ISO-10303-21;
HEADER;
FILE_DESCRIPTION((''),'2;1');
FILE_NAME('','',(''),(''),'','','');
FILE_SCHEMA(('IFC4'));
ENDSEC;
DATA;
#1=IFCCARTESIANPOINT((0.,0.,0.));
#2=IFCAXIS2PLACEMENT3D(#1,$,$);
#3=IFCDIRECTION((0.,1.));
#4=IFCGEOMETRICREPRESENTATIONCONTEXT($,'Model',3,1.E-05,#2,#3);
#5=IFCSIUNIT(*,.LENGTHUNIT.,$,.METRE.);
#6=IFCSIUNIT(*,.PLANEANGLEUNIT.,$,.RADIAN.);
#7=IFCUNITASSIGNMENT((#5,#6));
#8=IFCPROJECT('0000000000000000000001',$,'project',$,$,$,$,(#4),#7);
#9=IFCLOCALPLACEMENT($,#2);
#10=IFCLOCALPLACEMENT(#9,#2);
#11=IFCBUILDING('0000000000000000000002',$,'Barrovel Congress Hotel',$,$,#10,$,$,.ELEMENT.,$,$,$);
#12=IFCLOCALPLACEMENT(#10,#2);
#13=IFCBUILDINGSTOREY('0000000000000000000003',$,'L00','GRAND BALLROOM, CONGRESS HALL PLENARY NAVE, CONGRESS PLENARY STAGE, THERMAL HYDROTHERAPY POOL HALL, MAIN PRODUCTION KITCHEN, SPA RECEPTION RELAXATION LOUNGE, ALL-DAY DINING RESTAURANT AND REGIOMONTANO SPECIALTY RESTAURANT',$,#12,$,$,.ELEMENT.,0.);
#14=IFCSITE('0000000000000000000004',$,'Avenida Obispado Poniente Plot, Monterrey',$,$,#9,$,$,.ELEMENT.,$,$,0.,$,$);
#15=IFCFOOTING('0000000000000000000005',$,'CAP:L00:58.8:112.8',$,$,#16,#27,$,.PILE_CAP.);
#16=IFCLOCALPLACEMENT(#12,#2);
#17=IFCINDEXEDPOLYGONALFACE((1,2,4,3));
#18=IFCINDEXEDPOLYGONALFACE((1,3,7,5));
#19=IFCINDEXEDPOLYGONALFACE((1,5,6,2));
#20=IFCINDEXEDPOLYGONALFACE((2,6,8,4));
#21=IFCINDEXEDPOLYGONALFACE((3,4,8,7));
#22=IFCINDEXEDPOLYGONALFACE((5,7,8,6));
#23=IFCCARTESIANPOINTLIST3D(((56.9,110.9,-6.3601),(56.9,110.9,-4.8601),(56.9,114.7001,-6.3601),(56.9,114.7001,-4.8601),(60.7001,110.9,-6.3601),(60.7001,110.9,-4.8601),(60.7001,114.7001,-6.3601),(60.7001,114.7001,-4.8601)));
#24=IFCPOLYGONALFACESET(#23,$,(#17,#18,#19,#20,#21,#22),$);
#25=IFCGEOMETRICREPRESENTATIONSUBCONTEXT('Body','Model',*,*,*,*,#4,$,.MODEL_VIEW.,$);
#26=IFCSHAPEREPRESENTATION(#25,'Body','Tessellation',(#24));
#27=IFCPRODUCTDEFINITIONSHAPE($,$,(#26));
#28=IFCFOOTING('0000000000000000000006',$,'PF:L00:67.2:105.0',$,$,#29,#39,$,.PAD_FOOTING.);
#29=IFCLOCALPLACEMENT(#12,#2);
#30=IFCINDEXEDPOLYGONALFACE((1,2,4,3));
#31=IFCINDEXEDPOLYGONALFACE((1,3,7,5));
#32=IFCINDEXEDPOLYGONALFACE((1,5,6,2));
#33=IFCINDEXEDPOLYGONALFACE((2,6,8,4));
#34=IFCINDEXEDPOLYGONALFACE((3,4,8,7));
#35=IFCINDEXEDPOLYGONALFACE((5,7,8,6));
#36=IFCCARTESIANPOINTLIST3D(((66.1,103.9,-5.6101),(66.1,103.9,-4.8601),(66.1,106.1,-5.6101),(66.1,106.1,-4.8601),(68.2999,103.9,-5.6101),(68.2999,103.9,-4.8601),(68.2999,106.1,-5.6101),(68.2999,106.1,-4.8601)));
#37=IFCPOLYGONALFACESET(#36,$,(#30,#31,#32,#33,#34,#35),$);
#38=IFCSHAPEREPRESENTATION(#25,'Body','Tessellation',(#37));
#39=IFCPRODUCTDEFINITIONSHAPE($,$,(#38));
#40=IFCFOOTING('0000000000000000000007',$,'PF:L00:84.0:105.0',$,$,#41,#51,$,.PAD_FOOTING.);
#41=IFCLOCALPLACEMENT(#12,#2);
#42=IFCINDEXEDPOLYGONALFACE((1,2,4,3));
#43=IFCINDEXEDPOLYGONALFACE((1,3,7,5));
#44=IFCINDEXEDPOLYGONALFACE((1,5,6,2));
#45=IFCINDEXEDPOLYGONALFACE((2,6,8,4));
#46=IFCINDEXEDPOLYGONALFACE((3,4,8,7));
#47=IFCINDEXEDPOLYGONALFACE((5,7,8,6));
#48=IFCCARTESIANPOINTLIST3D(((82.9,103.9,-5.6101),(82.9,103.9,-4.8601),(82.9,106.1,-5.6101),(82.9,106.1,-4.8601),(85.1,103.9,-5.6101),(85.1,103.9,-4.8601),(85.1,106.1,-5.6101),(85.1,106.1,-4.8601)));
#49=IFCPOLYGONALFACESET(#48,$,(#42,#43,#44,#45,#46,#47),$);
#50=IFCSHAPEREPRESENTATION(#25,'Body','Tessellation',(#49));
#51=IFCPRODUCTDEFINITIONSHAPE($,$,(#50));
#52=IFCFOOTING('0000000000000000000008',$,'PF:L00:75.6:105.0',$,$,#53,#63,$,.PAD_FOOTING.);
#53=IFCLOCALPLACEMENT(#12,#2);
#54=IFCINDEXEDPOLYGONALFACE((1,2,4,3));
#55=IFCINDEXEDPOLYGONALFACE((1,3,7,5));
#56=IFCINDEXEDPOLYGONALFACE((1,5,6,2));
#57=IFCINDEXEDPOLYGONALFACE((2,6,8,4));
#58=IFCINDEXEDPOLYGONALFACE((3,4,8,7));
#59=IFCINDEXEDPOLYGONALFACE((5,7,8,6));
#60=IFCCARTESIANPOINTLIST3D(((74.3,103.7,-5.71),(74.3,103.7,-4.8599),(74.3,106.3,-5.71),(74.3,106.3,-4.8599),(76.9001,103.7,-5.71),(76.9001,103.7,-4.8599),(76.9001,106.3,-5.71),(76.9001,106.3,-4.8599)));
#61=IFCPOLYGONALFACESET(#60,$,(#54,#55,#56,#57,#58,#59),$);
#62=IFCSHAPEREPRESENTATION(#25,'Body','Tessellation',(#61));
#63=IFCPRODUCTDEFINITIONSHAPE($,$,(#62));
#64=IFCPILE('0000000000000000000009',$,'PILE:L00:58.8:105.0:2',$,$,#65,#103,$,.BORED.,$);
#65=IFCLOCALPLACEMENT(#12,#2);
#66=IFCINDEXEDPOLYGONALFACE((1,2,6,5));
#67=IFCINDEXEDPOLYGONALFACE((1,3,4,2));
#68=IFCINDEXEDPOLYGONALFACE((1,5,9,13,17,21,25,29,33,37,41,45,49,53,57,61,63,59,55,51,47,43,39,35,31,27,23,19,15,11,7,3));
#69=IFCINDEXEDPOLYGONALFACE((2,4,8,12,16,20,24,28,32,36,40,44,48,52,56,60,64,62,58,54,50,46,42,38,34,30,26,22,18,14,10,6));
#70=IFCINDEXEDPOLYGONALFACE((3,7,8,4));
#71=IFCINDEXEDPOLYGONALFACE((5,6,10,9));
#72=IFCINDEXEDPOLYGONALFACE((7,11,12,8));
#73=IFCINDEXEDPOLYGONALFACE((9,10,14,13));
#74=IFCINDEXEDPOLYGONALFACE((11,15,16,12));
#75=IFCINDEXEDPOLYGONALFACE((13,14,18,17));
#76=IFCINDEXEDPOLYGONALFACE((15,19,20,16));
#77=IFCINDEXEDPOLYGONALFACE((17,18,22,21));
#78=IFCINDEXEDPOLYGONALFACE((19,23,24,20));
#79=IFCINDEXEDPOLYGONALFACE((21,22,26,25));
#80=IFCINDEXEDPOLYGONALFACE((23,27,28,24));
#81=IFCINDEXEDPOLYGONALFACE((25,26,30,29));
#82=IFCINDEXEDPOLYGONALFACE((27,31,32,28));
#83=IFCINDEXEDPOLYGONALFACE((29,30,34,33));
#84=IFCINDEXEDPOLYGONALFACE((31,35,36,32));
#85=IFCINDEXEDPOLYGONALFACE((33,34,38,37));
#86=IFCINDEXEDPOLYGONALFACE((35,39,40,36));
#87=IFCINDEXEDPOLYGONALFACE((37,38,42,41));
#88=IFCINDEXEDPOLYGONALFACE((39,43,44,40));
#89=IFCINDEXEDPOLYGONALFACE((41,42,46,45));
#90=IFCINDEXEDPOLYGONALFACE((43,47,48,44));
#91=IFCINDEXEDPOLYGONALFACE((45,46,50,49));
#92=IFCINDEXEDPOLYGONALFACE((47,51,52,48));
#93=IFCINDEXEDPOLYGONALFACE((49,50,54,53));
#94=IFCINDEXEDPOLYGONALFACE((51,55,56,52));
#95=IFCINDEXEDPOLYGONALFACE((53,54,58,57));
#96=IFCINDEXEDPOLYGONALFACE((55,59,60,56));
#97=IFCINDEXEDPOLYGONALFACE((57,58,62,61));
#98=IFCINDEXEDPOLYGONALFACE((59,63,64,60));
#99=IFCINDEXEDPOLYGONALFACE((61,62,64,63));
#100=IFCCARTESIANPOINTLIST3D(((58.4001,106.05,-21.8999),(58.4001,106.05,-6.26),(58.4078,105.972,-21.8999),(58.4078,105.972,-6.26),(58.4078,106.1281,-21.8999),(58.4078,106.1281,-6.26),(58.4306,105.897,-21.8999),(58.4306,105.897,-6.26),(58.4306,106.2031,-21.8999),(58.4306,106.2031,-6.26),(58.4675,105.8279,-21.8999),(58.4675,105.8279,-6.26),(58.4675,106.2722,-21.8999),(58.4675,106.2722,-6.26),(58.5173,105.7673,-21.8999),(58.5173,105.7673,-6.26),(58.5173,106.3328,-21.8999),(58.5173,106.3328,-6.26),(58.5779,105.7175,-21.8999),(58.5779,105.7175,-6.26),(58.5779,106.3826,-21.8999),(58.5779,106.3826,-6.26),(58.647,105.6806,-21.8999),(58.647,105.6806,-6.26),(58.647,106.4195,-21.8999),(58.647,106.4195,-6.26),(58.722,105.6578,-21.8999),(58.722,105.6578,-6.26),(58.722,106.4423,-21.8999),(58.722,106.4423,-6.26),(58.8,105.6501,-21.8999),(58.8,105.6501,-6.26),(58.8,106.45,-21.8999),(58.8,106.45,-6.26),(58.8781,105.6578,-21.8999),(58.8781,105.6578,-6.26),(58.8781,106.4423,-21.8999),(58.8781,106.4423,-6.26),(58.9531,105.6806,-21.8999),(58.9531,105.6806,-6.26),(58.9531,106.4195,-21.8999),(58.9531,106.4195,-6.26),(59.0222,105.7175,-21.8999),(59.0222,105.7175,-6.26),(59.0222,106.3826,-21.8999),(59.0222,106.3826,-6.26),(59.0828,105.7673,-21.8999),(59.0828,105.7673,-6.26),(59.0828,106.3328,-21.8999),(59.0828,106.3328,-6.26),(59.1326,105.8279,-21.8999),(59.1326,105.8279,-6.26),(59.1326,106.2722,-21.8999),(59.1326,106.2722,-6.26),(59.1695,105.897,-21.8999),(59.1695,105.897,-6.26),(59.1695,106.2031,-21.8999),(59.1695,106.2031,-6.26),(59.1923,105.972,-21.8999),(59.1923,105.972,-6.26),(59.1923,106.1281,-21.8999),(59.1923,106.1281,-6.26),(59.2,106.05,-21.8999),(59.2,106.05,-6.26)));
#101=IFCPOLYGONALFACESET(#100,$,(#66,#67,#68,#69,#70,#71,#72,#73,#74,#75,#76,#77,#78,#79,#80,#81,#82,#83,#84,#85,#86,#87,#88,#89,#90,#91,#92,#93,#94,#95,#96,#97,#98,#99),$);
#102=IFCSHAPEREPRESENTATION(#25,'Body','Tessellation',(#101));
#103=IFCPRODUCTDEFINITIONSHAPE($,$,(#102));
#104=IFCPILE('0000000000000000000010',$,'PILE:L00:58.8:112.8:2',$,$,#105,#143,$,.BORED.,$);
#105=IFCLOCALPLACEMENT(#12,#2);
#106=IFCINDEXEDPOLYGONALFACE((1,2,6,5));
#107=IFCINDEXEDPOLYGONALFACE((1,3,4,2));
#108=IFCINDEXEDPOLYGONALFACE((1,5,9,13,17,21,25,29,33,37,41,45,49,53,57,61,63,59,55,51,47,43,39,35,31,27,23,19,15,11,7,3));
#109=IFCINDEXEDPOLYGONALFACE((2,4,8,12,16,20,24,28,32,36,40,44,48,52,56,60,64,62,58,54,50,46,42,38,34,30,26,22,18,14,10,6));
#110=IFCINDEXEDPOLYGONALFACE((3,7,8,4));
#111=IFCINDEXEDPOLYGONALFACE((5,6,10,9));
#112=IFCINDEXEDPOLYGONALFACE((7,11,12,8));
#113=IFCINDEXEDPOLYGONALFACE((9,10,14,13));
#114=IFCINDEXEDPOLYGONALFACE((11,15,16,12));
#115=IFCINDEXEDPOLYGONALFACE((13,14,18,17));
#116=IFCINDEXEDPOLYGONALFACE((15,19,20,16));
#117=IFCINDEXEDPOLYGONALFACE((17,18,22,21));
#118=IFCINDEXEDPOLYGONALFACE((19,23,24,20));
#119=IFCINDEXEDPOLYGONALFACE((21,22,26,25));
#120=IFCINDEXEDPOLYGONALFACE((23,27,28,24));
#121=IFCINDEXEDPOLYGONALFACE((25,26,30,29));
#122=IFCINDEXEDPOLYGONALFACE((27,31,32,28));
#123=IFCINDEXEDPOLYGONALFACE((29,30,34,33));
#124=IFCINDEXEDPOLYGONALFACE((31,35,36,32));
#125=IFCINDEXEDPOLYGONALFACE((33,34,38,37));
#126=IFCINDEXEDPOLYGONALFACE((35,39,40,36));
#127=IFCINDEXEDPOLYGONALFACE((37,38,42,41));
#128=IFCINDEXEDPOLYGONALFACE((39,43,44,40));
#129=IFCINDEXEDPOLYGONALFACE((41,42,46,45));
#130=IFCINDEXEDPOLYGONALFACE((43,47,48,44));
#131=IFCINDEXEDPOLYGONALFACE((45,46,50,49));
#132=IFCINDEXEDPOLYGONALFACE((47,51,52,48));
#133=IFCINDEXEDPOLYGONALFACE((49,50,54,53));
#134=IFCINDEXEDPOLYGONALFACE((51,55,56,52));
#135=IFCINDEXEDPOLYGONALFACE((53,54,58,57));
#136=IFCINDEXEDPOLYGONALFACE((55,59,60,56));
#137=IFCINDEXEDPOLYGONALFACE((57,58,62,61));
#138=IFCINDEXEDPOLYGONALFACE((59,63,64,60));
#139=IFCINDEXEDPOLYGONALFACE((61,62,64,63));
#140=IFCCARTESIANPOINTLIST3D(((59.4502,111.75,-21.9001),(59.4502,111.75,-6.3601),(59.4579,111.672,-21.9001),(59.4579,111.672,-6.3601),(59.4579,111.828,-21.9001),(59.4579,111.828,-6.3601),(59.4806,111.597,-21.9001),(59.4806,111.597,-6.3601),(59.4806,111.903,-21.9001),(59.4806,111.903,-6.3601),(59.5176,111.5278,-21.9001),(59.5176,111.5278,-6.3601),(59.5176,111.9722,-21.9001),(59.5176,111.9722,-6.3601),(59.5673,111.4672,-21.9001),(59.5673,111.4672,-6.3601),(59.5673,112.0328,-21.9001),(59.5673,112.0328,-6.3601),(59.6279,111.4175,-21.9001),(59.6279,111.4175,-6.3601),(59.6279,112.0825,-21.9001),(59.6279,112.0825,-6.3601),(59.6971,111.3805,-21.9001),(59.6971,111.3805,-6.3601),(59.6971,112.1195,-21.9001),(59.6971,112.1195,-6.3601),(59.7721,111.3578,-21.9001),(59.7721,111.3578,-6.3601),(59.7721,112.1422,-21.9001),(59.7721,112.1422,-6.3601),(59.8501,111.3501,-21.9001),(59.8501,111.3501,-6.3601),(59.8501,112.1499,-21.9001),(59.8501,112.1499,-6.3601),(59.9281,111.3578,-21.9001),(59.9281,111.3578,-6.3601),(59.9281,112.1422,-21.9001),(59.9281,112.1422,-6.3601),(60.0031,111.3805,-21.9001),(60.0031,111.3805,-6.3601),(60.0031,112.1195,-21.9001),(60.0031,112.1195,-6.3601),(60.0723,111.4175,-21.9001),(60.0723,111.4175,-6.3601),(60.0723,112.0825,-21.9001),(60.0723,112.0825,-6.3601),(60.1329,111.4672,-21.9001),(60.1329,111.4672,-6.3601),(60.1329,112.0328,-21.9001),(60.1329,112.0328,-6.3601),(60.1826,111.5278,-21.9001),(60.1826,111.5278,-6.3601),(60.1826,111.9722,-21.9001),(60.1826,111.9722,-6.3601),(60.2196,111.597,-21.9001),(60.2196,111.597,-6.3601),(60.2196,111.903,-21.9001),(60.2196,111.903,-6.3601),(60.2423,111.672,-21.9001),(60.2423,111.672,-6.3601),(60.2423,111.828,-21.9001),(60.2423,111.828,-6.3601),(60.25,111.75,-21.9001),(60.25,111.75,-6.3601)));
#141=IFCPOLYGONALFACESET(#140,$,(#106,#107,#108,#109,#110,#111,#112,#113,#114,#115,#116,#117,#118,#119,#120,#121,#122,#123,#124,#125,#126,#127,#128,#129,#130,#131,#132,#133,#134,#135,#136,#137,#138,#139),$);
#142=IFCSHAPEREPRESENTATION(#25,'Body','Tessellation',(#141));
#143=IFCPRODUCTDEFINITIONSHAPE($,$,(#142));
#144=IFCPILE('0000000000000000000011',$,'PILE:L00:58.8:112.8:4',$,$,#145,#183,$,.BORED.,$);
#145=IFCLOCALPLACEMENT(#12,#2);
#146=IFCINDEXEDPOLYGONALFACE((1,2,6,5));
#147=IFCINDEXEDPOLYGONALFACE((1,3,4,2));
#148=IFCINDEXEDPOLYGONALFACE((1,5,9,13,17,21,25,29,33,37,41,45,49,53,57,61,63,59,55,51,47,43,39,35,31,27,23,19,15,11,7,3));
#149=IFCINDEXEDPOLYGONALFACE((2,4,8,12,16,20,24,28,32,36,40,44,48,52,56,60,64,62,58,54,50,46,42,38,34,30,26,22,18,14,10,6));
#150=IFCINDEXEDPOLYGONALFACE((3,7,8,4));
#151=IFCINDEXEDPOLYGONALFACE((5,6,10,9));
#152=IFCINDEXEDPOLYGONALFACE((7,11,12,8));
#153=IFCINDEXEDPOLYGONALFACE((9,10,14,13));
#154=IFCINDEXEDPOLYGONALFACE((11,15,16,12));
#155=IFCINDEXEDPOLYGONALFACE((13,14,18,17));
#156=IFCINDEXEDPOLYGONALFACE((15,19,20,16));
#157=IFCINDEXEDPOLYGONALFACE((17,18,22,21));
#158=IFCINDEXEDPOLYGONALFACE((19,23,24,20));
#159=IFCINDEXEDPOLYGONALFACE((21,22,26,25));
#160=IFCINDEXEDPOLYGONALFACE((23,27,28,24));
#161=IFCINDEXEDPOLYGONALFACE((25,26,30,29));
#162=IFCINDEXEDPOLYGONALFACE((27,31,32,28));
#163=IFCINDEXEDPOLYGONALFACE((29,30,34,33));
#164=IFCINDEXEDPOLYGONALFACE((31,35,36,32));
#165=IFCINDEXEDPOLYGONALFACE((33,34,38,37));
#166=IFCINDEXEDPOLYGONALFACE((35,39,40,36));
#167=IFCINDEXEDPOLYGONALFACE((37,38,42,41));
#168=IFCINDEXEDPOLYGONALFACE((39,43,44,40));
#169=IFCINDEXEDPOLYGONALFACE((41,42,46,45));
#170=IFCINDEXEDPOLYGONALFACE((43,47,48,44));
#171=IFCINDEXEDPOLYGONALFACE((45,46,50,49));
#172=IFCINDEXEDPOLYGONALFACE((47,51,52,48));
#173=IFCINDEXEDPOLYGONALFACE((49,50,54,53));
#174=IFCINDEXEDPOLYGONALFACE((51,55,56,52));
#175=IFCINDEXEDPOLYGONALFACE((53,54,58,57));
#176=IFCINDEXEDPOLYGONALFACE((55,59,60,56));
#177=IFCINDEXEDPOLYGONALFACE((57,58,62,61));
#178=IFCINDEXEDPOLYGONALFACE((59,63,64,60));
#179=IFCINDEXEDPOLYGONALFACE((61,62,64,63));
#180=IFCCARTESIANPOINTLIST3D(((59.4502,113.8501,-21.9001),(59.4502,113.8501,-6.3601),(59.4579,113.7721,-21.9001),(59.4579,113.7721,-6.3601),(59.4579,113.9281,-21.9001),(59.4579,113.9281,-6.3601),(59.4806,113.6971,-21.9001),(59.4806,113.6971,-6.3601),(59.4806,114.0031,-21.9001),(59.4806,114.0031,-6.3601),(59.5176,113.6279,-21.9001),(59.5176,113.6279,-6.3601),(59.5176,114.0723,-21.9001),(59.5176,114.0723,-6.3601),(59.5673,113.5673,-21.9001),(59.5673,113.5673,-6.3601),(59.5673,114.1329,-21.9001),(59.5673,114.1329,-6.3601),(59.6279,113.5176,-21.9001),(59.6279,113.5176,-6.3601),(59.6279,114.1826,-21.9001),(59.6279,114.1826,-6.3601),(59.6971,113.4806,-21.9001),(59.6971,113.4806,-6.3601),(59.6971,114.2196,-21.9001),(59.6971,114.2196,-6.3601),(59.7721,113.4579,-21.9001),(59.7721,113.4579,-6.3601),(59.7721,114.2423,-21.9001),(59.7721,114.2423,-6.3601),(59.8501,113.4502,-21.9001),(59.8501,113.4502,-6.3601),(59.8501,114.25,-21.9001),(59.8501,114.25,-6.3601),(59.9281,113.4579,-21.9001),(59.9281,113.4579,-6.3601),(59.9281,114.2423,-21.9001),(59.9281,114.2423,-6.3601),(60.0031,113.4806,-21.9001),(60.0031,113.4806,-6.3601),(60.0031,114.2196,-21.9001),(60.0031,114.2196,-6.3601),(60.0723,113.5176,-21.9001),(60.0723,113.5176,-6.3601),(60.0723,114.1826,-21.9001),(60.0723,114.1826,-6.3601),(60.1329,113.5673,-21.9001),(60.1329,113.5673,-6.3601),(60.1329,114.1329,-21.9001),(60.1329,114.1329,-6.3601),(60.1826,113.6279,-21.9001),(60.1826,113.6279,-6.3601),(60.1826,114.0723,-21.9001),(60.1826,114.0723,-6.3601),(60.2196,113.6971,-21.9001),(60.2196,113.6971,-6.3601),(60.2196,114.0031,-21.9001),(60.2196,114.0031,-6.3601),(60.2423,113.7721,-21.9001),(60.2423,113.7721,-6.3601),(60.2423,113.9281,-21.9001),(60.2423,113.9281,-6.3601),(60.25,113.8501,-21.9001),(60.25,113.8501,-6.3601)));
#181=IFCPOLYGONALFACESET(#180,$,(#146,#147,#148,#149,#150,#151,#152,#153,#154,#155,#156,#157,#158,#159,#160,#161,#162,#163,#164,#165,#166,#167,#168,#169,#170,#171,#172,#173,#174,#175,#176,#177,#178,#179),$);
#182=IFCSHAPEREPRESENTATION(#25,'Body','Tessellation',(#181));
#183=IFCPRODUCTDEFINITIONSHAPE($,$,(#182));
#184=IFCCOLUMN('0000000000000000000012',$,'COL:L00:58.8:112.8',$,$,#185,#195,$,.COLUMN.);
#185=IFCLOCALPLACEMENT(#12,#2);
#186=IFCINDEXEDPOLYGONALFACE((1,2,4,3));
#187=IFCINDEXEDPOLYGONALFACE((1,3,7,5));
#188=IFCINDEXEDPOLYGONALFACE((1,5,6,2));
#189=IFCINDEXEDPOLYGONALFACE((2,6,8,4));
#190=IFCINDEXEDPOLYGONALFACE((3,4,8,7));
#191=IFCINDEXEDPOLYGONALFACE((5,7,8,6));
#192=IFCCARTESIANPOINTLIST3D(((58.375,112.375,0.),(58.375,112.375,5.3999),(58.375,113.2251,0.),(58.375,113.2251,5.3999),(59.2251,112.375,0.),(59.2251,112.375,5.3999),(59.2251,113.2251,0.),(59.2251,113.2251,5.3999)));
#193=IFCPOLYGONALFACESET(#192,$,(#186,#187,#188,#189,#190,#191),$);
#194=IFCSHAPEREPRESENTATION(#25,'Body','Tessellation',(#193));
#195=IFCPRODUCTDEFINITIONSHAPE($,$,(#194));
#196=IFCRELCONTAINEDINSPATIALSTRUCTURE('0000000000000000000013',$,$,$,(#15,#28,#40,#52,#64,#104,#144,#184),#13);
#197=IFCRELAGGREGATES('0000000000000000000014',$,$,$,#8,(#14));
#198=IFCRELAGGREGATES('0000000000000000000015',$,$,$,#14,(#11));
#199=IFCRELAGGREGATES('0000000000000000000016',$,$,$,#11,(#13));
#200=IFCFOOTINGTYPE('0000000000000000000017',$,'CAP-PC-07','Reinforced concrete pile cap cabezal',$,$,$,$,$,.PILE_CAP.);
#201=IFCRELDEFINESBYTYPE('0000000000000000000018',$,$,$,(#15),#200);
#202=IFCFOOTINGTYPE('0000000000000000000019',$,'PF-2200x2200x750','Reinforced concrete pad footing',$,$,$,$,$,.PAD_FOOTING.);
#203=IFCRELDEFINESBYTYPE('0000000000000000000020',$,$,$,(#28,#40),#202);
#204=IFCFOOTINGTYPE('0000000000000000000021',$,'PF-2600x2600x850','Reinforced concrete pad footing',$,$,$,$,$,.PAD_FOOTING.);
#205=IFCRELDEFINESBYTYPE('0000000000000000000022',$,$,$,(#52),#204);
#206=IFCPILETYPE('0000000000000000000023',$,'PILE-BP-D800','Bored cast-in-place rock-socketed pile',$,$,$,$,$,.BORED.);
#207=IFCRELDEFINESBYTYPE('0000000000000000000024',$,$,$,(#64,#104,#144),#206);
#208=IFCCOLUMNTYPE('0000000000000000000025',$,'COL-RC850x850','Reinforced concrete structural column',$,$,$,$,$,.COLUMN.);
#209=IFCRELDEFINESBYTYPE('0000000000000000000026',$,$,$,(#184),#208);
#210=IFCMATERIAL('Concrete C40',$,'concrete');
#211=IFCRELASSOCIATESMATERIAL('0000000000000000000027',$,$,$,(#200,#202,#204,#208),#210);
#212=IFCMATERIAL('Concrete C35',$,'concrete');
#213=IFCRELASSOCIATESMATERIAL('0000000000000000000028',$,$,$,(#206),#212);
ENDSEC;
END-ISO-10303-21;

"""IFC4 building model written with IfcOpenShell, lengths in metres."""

from ifc_helpers import new_model, si_unit, direction, frame, origin, origin_2d, place, context, subcontext, project, spatial, rectangle, circle, extrude, material, material_profile, profile_set, type_object, element, save


model = new_model("IFC4")

# Units and contexts
model_context = context("Model", 3, precision=1e-05, world=origin(), true_north=direction((0.0, 1.0)))
body_context = subcontext(model_context, "Body", "Model", "MODEL_VIEW")
ifc_project = project(units=[si_unit("LENGTHUNIT", "METRE"), si_unit("PLANEANGLEUNIT", "RADIAN")], contexts=[model_context])

# Site, building, storey
site_placement = place(None, origin())
site = spatial("IfcSite", under=ifc_project, at=site_placement, Name="Avenida Obispado Poniente Plot, Monterrey", CompositionType="ELEMENT", RefElevation=0.0)
building_placement = place(site_placement, origin())
building = spatial("IfcBuilding", under=site, at=building_placement, Name="Barrovel Congress Hotel", CompositionType="ELEMENT")
storey_placement = place(building_placement, origin())
storey = spatial("IfcBuildingStorey", under=building, at=storey_placement, Name="L00", Description="GRAND BALLROOM, CONGRESS HALL PLENARY NAVE, CONGRESS PLENARY STAGE, THERMAL HYDROTHERAPY POOL HALL, MAIN PRODUCTION KITCHEN, SPA RECEPTION RELAXATION LOUNGE, ALL-DAY DINING RESTAURANT AND REGIOMONTANO SPECIALTY RESTAURANT", CompositionType="ELEMENT", Elevation=0.0)

# Footings
ifc_material_1 = material(Name="Concrete C40", Category="concrete")
footing_type_1 = type_object("IfcFootingType", Name="CAP-PC-07", Description="Reinforced concrete pile cap cabezal", PredefinedType="PILE_CAP", material=ifc_material_1)
footing_1_placement = place(storey_placement, frame((58.8, 112.8, -6.3601), z_axis=(0.0, 0.0, 1.0), x_axis=(1.0, 0.0, 0.0)))
element("IfcFooting", 1, at=footing_1_placement, inside=storey, type_object=footing_type_1, Name="CAP:L00:58.8:112.8", PredefinedType="PILE_CAP", context=body_context, shape_type="SweptSolid", body=[
    extrude(rectangle(XDim=3.8, YDim=3.8, at=origin_2d()), origin(), (0.0, 0.0, 1.0), 1.5),
])
footing_type_2 = type_object("IfcFootingType", Name="PF-2200x2200x750", Description="Reinforced concrete pad footing", PredefinedType="PAD_FOOTING", material=ifc_material_1)
for number, where, z_axis, x_axis, name in (
    (2, (67.2, 105.0, -5.6101), (0.0, 0.0, 1.0), (1.0, 0.0, 0.0), "PF:L00:67.2:105.0"),
    (3, (84.0, 105.0, -5.6101), (0.0, 0.0, 1.0), (1.0, 0.0, 0.0), "PF:L00:84.0:105.0"),
):
    element("IfcFooting", number, at=place(storey_placement, frame(where, z_axis=z_axis, x_axis=x_axis)), inside=storey, type_object=footing_type_2, Name=name, PredefinedType="PAD_FOOTING", context=body_context, shape_type="SweptSolid", body=[
        extrude(rectangle(XDim=2.2, YDim=2.2, at=origin_2d()), origin(), (0.0, 0.0, 1.0), 0.75),
    ])
footing_type_3 = type_object("IfcFootingType", Name="PF-2600x2600x850", Description="Reinforced concrete pad footing", PredefinedType="PAD_FOOTING", material=ifc_material_1)
footing_2_placement = place(storey_placement, frame((75.6001, 105.0, -5.71), z_axis=(0.0, 0.0, 1.0), x_axis=(1.0, 0.0, 0.0)))
element("IfcFooting", 4, at=footing_2_placement, inside=storey, type_object=footing_type_3, Name="PF:L00:75.6:105.0", PredefinedType="PAD_FOOTING", context=body_context, shape_type="SweptSolid", body=[
    extrude(rectangle(XDim=2.6001, YDim=2.6001, at=origin_2d()), origin(), (0.0, 0.0, 1.0), 0.8501),
])

# Piles
ifc_material_2 = material(Name="Concrete C35", Category="concrete")
ifc_material_profile_1 = material_profile(ifc_material_2, circle(Radius=0.3999, at=origin_2d()), Name="BP-D800")
ifc_profile_set_1 = profile_set([ifc_material_profile_1], Name="Concrete C35")
pile_type = type_object("IfcPileType", Name="PILE-BP-D800", Description="Bored cast-in-place rock-socketed pile", PredefinedType="BORED", material=ifc_profile_set_1)
pile_placement = place(storey_placement, frame((58.8, 106.05, -6.26), z_axis=(0.0, 0.0, -1.0), x_axis=(1.0, 0.0, 0.0)))
element("IfcPile", 5, at=pile_placement, inside=storey, type_object=pile_type, Name="PILE:L00:58.8:105.0:2", PredefinedType="BORED", context=body_context, shape_type="SweptSolid", body=[
    extrude(circle(Radius=0.3999, at=origin_2d()), origin(), (0.0, 0.0, 1.0), 15.6399),
])
for number, where, z_axis, x_axis, name in (
    (6, (59.8501, 111.75, -6.3601), (0.0, 0.0, -1.0), (1.0, 0.0, 0.0), "PILE:L00:58.8:112.8:2"),
    (7, (59.8501, 113.8501, -6.3601), (0.0, 0.0, -1.0), (1.0, 0.0, 0.0), "PILE:L00:58.8:112.8:4"),
):
    element("IfcPile", number, at=place(storey_placement, frame(where, z_axis=z_axis, x_axis=x_axis)), inside=storey, type_object=pile_type, Name=name, PredefinedType="BORED", context=body_context, shape_type="SweptSolid", body=[
        extrude(circle(Radius=0.3999, at=origin_2d()), origin(), (0.0, 0.0, 1.0), 15.54),
    ])

# Column
ifc_material_profile_2 = material_profile(ifc_material_1, rectangle(XDim=0.8501, YDim=0.8501, at=origin_2d()), Name="RC850x850")
ifc_profile_set_2 = profile_set([ifc_material_profile_2], Name="Concrete C40")
column_type_1 = type_object("IfcColumnType", Name="COL-RC850x850", Description="Reinforced concrete structural column", PredefinedType="COLUMN", material=ifc_profile_set_2)
column_placement = place(storey_placement, frame((58.8, 112.8, 0.0), z_axis=(0.0, 0.0, 1.0), x_axis=(1.0, 0.0, 0.0)))
element("IfcColumn", 8, at=column_placement, inside=storey, type_object=column_type_1, Name="COL:L00:58.8:112.8", PredefinedType="COLUMN", context=body_context, shape_type="SweptSolid", body=[
    extrude(rectangle(XDim=0.8501, YDim=0.8501, at=origin_2d()), origin(), (0.0, 0.0, 1.0), 5.3999),
])

save(model, "model.ifc")
